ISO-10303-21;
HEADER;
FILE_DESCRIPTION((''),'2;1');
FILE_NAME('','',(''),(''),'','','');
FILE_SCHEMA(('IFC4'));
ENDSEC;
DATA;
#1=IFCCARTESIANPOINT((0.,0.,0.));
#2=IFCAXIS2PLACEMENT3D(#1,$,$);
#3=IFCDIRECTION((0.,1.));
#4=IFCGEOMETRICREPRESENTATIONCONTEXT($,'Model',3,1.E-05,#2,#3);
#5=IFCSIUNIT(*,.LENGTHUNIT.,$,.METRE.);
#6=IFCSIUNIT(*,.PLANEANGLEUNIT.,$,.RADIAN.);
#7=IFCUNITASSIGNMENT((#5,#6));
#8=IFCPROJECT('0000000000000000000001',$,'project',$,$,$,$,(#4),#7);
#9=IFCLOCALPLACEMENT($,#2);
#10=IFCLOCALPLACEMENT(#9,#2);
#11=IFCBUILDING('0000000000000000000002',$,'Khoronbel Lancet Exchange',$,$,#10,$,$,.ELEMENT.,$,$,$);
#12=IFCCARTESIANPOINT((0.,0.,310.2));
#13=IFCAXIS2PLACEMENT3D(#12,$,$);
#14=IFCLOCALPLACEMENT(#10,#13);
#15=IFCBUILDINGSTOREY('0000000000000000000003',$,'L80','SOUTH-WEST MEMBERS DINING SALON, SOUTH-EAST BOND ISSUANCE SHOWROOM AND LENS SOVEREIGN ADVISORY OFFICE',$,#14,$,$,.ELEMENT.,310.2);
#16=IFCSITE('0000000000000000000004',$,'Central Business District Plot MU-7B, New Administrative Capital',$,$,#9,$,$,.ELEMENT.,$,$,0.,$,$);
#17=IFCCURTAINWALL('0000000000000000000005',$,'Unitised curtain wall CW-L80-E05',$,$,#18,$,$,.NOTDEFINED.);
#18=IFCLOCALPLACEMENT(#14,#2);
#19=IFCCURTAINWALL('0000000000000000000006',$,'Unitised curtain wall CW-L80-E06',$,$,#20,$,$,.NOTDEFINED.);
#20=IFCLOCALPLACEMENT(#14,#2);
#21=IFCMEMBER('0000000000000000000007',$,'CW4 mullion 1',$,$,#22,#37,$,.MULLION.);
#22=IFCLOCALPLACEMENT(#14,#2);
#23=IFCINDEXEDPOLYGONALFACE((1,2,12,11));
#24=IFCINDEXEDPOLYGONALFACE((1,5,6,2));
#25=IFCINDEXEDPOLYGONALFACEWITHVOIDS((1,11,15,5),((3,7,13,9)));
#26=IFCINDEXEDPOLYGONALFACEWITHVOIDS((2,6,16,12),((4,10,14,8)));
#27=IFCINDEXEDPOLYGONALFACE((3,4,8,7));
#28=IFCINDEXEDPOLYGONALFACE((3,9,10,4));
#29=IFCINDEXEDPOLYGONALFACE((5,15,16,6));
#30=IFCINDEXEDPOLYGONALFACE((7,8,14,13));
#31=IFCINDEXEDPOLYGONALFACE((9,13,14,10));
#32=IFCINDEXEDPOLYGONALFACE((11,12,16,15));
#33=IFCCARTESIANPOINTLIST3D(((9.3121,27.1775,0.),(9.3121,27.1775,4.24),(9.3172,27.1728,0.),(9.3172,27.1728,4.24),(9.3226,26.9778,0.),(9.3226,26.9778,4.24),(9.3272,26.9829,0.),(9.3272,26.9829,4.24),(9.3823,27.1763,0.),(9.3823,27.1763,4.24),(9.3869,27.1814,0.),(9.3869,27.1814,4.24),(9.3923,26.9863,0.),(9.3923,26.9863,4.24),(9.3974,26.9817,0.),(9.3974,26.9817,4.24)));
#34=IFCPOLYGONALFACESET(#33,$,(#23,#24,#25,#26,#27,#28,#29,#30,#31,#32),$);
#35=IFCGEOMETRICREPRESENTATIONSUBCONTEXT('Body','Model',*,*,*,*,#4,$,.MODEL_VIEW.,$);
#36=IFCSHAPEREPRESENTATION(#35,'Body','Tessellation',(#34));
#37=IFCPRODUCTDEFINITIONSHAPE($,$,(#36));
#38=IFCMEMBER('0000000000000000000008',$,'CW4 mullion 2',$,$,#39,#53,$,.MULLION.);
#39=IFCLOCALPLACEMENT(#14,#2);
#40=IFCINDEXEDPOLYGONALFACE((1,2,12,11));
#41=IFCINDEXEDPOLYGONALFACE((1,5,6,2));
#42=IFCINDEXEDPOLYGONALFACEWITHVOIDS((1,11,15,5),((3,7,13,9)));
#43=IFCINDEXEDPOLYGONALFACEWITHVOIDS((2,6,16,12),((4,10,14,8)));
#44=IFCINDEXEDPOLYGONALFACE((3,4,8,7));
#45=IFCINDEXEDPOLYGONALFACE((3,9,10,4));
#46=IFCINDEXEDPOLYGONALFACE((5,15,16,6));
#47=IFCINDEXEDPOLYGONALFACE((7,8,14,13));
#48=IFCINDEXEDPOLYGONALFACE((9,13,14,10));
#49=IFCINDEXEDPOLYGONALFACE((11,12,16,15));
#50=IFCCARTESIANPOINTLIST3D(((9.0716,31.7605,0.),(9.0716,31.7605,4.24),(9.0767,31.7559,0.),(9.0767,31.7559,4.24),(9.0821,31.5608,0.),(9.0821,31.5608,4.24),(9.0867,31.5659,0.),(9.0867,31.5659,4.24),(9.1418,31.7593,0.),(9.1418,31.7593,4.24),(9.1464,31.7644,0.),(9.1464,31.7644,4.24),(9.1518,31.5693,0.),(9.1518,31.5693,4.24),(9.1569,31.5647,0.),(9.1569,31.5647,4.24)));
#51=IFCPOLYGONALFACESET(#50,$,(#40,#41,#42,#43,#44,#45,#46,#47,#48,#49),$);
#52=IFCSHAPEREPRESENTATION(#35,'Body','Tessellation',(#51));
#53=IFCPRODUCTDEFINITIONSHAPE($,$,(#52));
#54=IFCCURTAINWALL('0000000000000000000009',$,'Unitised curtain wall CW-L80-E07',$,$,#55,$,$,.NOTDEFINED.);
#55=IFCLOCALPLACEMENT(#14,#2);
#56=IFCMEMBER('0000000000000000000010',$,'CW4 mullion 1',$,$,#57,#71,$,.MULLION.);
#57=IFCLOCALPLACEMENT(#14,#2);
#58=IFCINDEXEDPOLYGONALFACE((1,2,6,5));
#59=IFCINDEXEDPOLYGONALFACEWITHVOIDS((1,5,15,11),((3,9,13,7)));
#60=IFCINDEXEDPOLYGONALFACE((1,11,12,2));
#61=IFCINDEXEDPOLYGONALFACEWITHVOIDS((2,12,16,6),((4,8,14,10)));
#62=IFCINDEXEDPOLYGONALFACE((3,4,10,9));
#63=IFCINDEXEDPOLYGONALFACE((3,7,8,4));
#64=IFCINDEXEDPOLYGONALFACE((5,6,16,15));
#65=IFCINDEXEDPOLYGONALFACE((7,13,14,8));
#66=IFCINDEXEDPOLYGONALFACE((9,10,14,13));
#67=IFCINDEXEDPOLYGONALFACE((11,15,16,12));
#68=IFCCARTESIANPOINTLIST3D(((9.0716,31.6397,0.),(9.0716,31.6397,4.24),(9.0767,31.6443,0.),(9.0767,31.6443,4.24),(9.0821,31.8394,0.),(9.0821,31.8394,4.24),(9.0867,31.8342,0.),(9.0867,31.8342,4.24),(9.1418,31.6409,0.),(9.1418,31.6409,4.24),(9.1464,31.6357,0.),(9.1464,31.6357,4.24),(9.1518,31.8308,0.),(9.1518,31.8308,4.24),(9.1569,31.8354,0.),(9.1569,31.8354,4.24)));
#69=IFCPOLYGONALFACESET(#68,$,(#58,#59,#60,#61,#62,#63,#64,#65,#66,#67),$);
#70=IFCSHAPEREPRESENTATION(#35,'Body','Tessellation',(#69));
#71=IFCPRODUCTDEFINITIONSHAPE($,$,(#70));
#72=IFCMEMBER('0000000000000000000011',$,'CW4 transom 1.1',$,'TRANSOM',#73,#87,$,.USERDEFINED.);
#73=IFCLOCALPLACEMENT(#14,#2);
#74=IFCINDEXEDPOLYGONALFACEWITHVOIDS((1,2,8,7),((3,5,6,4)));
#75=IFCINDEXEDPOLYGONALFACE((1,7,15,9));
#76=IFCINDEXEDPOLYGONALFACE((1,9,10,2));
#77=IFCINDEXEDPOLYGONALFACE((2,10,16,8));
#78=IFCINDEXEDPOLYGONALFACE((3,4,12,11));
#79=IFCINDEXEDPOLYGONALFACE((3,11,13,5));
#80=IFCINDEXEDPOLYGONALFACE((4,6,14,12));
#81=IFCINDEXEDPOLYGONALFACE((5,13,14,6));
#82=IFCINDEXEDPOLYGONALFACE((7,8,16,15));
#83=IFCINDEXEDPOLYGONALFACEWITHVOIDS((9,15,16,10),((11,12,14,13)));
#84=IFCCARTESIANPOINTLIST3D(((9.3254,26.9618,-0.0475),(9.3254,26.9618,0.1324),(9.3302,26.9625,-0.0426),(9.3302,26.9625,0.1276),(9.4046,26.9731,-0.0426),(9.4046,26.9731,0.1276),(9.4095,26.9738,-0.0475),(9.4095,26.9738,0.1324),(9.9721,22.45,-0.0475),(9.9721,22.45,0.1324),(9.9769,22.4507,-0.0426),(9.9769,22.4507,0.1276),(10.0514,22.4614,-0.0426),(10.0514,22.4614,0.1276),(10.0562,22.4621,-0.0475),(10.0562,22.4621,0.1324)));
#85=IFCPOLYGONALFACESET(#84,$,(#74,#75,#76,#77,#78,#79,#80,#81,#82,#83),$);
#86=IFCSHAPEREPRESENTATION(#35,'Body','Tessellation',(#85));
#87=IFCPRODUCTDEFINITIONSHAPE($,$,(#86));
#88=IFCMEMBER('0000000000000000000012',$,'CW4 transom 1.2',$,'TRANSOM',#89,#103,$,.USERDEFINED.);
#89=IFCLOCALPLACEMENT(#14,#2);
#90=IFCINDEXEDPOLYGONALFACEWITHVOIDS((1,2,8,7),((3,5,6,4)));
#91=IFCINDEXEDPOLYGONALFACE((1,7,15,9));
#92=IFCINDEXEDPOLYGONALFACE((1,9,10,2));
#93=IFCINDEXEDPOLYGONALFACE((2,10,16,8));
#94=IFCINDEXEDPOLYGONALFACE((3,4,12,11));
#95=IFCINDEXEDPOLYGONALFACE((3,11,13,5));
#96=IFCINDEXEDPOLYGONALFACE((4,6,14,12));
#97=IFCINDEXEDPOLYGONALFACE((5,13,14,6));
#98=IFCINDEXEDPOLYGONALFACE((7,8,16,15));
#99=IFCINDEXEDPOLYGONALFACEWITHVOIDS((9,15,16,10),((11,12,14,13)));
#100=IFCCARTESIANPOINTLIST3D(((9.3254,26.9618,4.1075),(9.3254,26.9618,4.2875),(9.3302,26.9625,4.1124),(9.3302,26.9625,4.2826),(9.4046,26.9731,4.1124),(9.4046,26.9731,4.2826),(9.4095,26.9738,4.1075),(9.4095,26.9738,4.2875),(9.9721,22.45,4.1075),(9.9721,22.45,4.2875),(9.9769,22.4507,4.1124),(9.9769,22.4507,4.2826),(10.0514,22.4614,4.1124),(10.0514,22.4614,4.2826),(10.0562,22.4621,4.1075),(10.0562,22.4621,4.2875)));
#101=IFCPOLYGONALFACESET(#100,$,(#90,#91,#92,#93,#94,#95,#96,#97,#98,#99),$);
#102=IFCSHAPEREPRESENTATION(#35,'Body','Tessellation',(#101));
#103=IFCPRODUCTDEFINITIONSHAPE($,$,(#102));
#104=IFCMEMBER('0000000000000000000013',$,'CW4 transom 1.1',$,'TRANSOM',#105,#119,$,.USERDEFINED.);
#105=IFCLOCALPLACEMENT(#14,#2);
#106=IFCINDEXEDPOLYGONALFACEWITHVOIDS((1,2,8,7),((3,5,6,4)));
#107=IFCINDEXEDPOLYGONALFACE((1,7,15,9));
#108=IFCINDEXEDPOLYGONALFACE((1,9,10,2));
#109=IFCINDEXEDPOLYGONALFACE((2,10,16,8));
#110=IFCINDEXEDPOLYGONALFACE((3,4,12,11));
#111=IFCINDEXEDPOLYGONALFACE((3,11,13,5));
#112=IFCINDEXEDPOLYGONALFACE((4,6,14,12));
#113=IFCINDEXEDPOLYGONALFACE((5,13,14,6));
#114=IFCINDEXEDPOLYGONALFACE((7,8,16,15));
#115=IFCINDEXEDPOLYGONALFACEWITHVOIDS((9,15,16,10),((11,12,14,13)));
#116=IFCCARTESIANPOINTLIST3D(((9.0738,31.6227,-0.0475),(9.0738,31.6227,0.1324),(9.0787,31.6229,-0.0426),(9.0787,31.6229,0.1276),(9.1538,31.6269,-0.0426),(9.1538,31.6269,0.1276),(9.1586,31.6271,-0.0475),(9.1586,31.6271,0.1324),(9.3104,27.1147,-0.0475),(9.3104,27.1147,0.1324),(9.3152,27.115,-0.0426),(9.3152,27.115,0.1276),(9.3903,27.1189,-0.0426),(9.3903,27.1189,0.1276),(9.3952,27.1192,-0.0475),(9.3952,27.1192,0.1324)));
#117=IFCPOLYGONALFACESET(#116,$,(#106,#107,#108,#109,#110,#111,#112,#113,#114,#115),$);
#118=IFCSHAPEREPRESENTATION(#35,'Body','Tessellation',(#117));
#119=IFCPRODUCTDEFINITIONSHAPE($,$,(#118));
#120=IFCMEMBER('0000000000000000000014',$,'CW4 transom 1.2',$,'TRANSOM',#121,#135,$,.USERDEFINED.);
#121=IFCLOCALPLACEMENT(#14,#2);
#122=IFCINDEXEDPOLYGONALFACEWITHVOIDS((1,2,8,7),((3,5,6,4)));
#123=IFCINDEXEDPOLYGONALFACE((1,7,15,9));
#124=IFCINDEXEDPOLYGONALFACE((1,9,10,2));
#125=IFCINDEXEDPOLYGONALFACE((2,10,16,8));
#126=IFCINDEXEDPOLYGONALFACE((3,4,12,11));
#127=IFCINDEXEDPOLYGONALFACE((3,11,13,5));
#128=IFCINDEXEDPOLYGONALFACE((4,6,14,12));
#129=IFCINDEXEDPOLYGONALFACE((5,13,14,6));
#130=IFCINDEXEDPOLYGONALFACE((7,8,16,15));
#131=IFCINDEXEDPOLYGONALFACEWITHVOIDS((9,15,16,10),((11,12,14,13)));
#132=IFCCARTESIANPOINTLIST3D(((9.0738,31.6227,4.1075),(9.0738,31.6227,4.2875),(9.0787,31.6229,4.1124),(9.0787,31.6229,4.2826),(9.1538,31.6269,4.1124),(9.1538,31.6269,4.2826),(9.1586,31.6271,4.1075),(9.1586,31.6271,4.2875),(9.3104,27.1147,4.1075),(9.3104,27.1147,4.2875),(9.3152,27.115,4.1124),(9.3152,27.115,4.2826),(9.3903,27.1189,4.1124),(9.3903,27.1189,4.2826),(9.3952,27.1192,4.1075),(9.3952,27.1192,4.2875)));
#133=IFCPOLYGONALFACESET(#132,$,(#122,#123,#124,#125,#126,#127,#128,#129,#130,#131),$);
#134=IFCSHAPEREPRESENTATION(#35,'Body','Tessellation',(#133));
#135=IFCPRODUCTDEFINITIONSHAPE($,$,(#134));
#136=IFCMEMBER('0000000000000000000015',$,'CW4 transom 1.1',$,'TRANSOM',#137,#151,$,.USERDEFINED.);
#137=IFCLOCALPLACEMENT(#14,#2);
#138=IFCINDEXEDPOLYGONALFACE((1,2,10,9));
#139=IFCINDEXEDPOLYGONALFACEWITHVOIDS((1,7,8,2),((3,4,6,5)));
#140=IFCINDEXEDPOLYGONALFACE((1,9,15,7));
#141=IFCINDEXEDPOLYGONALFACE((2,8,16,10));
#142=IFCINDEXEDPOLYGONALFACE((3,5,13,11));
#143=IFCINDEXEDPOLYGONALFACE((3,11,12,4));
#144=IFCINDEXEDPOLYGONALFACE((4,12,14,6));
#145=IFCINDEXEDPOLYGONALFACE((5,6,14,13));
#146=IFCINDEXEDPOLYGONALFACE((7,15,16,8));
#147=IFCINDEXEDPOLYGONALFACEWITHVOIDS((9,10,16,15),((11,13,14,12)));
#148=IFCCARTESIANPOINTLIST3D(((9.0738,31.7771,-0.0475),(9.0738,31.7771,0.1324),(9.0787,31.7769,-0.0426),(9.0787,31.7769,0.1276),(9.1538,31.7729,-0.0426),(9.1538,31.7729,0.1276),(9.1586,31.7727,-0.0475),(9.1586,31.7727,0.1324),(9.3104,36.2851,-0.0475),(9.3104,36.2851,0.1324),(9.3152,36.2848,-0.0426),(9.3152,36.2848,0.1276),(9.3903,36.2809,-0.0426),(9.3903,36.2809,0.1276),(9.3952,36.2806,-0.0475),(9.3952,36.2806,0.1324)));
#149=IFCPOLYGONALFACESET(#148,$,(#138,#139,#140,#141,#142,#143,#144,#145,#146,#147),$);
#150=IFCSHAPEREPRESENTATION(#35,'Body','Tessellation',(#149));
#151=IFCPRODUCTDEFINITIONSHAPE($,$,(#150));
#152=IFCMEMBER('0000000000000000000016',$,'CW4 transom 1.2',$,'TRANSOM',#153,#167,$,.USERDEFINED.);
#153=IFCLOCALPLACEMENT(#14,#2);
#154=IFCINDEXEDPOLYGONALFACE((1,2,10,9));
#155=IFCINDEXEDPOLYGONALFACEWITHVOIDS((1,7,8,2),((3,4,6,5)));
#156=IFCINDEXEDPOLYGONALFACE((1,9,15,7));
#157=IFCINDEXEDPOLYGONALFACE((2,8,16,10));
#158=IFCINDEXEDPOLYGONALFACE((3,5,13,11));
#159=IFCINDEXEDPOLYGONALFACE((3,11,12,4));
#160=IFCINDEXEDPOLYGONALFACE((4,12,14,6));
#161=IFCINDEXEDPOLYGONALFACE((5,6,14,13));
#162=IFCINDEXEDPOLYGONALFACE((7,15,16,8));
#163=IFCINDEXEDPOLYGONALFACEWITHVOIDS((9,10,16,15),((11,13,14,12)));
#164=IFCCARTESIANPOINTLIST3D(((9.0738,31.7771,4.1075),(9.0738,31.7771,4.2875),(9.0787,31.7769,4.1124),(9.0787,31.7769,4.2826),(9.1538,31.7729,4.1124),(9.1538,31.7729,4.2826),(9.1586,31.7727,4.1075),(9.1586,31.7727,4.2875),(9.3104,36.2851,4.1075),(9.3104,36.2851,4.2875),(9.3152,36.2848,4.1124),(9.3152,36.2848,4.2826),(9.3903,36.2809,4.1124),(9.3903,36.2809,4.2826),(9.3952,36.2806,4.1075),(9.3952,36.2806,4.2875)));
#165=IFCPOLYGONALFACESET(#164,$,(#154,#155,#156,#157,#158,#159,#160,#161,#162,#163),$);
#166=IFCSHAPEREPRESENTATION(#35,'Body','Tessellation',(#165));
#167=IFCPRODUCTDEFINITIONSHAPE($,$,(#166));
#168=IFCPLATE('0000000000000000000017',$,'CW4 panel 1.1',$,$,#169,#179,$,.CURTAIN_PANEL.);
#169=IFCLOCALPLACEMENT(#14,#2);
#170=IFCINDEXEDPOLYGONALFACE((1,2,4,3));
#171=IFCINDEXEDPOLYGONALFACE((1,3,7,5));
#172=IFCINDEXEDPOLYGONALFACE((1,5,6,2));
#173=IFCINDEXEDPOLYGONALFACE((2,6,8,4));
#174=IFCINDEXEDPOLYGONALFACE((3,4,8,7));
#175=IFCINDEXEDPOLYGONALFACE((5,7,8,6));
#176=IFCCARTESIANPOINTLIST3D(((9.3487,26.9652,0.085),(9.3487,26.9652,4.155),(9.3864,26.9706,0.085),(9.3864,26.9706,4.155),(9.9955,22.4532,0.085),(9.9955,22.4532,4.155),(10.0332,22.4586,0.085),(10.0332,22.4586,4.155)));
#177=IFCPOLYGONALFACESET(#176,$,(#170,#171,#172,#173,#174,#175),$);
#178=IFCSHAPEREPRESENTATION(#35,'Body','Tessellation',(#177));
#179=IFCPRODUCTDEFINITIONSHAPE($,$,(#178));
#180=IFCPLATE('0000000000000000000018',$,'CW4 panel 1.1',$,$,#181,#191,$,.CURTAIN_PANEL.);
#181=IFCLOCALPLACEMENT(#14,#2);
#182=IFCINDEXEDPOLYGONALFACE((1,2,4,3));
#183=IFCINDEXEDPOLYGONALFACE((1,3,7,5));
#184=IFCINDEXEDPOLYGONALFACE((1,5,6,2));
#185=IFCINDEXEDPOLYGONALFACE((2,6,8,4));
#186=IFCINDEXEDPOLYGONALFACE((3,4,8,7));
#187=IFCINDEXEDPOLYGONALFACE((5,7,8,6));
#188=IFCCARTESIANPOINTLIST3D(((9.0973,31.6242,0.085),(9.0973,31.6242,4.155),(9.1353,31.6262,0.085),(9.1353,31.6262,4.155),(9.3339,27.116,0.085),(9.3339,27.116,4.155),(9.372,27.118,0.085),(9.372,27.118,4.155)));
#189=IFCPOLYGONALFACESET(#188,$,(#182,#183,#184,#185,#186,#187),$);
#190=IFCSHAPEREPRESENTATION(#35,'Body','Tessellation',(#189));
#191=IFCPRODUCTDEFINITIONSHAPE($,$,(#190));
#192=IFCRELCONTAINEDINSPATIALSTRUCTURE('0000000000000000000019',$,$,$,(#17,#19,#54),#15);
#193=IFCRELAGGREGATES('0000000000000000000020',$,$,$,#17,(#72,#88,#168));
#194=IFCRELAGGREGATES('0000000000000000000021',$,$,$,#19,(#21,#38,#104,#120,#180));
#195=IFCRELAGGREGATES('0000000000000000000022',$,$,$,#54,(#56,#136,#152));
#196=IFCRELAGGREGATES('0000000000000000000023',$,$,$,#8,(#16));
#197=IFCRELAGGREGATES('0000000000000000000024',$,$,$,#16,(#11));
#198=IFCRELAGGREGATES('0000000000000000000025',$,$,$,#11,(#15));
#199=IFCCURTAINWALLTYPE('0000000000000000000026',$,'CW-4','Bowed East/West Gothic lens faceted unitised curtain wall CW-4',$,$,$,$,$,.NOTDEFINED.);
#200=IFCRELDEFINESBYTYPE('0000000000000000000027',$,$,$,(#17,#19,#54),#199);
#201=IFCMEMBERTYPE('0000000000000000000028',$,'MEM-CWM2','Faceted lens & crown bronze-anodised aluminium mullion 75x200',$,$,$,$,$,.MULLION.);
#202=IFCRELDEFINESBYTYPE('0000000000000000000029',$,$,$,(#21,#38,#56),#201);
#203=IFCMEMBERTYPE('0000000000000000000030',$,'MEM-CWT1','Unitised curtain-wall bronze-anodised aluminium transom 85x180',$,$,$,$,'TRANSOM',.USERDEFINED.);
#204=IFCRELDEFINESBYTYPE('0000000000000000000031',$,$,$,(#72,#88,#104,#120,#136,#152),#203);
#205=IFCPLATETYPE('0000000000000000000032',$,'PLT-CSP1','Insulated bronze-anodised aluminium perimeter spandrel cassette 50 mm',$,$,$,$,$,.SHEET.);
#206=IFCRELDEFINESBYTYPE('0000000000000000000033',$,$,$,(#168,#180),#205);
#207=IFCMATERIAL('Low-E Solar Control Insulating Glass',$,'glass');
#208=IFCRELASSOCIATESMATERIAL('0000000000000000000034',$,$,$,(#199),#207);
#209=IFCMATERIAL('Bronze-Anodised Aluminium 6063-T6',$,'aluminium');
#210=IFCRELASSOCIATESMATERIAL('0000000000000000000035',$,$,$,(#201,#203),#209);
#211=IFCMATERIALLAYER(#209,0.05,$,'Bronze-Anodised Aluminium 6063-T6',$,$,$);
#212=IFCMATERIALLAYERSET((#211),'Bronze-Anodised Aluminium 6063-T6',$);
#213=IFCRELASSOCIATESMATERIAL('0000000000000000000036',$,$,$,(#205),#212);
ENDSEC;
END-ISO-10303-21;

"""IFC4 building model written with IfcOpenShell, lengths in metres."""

from ifc_helpers import new_model, si_unit, direction, frame, origin, origin_2d, place, context, subcontext, project, spatial, rectangle, hollow_rectangle, extrude, material, layer, layer_set, material_profile, profile_set, type_object, element, aggregate, save


model = new_model("IFC4")

# Units and contexts
model_context = context("Model", 3, precision=1e-05, world=origin(), true_north=direction((0.0, 1.0)))
body_context = subcontext(model_context, "Body", "Model", "MODEL_VIEW")
ifc_project = project(units=[si_unit("LENGTHUNIT", "METRE"), si_unit("PLANEANGLEUNIT", "RADIAN")], contexts=[model_context])

# Site, building, storey
site_placement = place(None, origin())
site = spatial("IfcSite", under=ifc_project, at=site_placement, Name="Central Business District Plot MU-7B, New Administrative Capital", CompositionType="ELEMENT", RefElevation=0.0)
building_placement = place(site_placement, origin())
building = spatial("IfcBuilding", under=site, at=building_placement, Name="Khoronbel Lancet Exchange", CompositionType="ELEMENT")
storey_placement = place(building_placement, frame((0.0, 0.0, 310.2)))
storey = spatial("IfcBuildingStorey", under=building, at=storey_placement, Name="L80", Description="SOUTH-WEST MEMBERS DINING SALON, SOUTH-EAST BOND ISSUANCE SHOWROOM AND LENS SOVEREIGN ADVISORY OFFICE", CompositionType="ELEMENT", Elevation=310.2)

# Shared definitions
ifc_material_1 = material(Name="Low-E Solar Control Insulating Glass", Category="glass")
curtain_wall_type = type_object("IfcCurtainWallType", Name="CW-4", Description="Bowed East/West Gothic lens faceted unitised curtain wall CW-4", PredefinedType="NOTDEFINED", material=ifc_material_1)
ifc_material_2 = material(Name="Bronze-Anodised Aluminium 6063-T6", Category="aluminium")
ifc_material_profile_1 = material_profile(ifc_material_2, hollow_rectangle(XDim=0.075, YDim=0.2, WallThickness=0.0049, at=origin_2d()), Name="ALU MULLION 75x200")
ifc_profile_set_1 = profile_set([ifc_material_profile_1], Name="Bronze-Anodised Aluminium 6063-T6")
member_type_1 = type_object("IfcMemberType", Name="MEM-CWM2", Description="Faceted lens & crown bronze-anodised aluminium mullion 75x200", PredefinedType="MULLION", material=ifc_profile_set_1)

# Curtain walls, members
curtain_wall_1_placement = place(storey_placement, origin())
curtain_wall_1 = element("IfcCurtainWall", 1, at=curtain_wall_1_placement, inside=storey, type_object=curtain_wall_type, Name="Unitised curtain wall CW-L80-E05", PredefinedType="NOTDEFINED")
curtain_wall_2_placement = place(storey_placement, origin())
curtain_wall_2 = element("IfcCurtainWall", 2, at=curtain_wall_2_placement, inside=storey, type_object=curtain_wall_type, Name="Unitised curtain wall CW-L80-E06", PredefinedType="NOTDEFINED")
member_1_placement = place(storey_placement, frame((9.3547, 27.0796, 0.0), z_axis=(0.0, 0.0, 1.0), x_axis=(-0.998625, -0.052419, 0.0)))
member_1 = element("IfcMember", 3, at=member_1_placement, type_object=member_type_1, Name="CW4 mullion 1", PredefinedType="MULLION", context=body_context, shape_type="SweptSolid", body=[
    extrude(hollow_rectangle(XDim=0.075, YDim=0.2, WallThickness=0.0049, at=origin_2d()), origin(), (0.0, 0.0, 1.0), 4.24),
])
member_2_placement = place(storey_placement, frame((9.1143, 31.6626, 0.0), z_axis=(0.0, 0.0, 1.0), x_axis=(-0.998625, -0.052419, 0.0)))
member_2 = element("IfcMember", 4, at=member_2_placement, type_object=member_type_1, Name="CW4 mullion 2", PredefinedType="MULLION", context=body_context, shape_type="SweptSolid", body=[
    extrude(hollow_rectangle(XDim=0.075, YDim=0.2, WallThickness=0.0049, at=origin_2d()), origin(), (0.0, 0.0, 1.0), 4.24),
])

# Curtain wall, member
curtain_wall_3_placement = place(storey_placement, origin())
curtain_wall_3 = element("IfcCurtainWall", 5, at=curtain_wall_3_placement, inside=storey, type_object=curtain_wall_type, Name="Unitised curtain wall CW-L80-E07", PredefinedType="NOTDEFINED")
member_3_placement = place(storey_placement, frame((9.1143, 31.7375, 0.0), z_axis=(0.0, 0.0, 1.0), x_axis=(-0.998625, 0.052419, 0.0)))
member_3 = element("IfcMember", 6, at=member_3_placement, type_object=member_type_1, Name="CW4 mullion 1", PredefinedType="MULLION", context=body_context, shape_type="SweptSolid", body=[
    extrude(hollow_rectangle(XDim=0.075, YDim=0.2, WallThickness=0.0049, at=origin_2d()), origin(), (0.0, 0.0, 1.0), 4.24),
])

# Members
ifc_material_profile_2 = material_profile(ifc_material_2, hollow_rectangle(XDim=0.085, YDim=0.1799, WallThickness=0.0049, at=origin_2d()), Name="ALU TRANSOM 85x180")
ifc_profile_set_2 = profile_set([ifc_material_profile_2], Name="Bronze-Anodised Aluminium 6063-T6")
member_type_2 = type_object("IfcMemberType", Name="MEM-CWT1", Description="Unitised curtain-wall bronze-anodised aluminium transom 85x180", ElementType="TRANSOM", PredefinedType="USERDEFINED", material=ifc_profile_set_2)
member_4_placement = place(storey_placement, frame((10.0142, 22.4561, 0.0425), z_axis=(-0.141894, 0.989882, 0.0), x_axis=(-0.989882, -0.141894, 0.0)))
member_4 = element("IfcMember", 7, at=member_4_placement, type_object=member_type_2, Name="CW4 transom 1.1", ObjectType="TRANSOM", PredefinedType="USERDEFINED", context=body_context, shape_type="SweptSolid", body=[
    extrude(hollow_rectangle(XDim=0.085, YDim=0.1799, WallThickness=0.0049, at=origin_2d()), origin(), (0.0, 0.0, 1.0), 4.5579),
])
member_5_placement = place(storey_placement, frame((10.0142, 22.4561, 4.1975), z_axis=(-0.141894, 0.989882, 0.0), x_axis=(-0.989882, -0.141894, 0.0)))
member_5 = element("IfcMember", 8, at=member_5_placement, type_object=member_type_2, Name="CW4 transom 1.2", ObjectType="TRANSOM", PredefinedType="USERDEFINED", context=body_context, shape_type="SweptSolid", body=[
    extrude(hollow_rectangle(XDim=0.085, YDim=0.1799, WallThickness=0.0049, at=origin_2d()), origin(), (0.0, 0.0, 1.0), 4.5579),
])
member_6_placement = place(storey_placement, frame((9.3528, 27.1169, 0.0425), z_axis=(-0.052406, 0.998626, 0.0), x_axis=(-0.998626, -0.052406, 0.0)))
member_6 = element("IfcMember", 9, at=member_6_placement, type_object=member_type_2, Name="CW4 transom 1.1", ObjectType="TRANSOM", PredefinedType="USERDEFINED", context=body_context, shape_type="SweptSolid", body=[
    extrude(hollow_rectangle(XDim=0.085, YDim=0.1799, WallThickness=0.0049, at=origin_2d()), origin(), (0.0, 0.0, 1.0), 4.5142),
])
member_7_placement = place(storey_placement, frame((9.3528, 27.1169, 4.1975), z_axis=(-0.052406, 0.998626, 0.0), x_axis=(-0.998626, -0.052406, 0.0)))
member_7 = element("IfcMember", 10, at=member_7_placement, type_object=member_type_2, Name="CW4 transom 1.2", ObjectType="TRANSOM", PredefinedType="USERDEFINED", context=body_context, shape_type="SweptSolid", body=[
    extrude(hollow_rectangle(XDim=0.085, YDim=0.1799, WallThickness=0.0049, at=origin_2d()), origin(), (0.0, 0.0, 1.0), 4.5142),
])
member_8_placement = place(storey_placement, frame((9.1162, 31.7749, 0.0425), z_axis=(0.052406, 0.998626, 0.0), x_axis=(-0.998626, 0.052406, 0.0)))
member_8 = element("IfcMember", 11, at=member_8_placement, type_object=member_type_2, Name="CW4 transom 1.1", ObjectType="TRANSOM", PredefinedType="USERDEFINED", context=body_context, shape_type="SweptSolid", body=[
    extrude(hollow_rectangle(XDim=0.085, YDim=0.1799, WallThickness=0.0049, at=origin_2d()), origin(), (0.0, 0.0, 1.0), 4.5142),
])
member_9_placement = place(storey_placement, frame((9.1162, 31.7749, 4.1975), z_axis=(0.052406, 0.998626, 0.0), x_axis=(-0.998626, 0.052406, 0.0)))
member_9 = element("IfcMember", 12, at=member_9_placement, type_object=member_type_2, Name="CW4 transom 1.2", ObjectType="TRANSOM", PredefinedType="USERDEFINED", context=body_context, shape_type="SweptSolid", body=[
    extrude(hollow_rectangle(XDim=0.085, YDim=0.1799, WallThickness=0.0049, at=origin_2d()), origin(), (0.0, 0.0, 1.0), 4.5142),
])

# Plates
ifc_layer_1 = layer(ifc_material_2, 0.05, Name="Bronze-Anodised Aluminium 6063-T6")
ifc_layer_set_1 = layer_set([ifc_layer_1], Name="Bronze-Anodised Aluminium 6063-T6")
plate_type_1 = type_object("IfcPlateType", Name="PLT-CSP1", Description="Insulated bronze-anodised aluminium perimeter spandrel cassette 50 mm", PredefinedType="SHEET", material=ifc_layer_set_1)
plate_1_placement = place(storey_placement, frame((9.6909, 24.7119, 0.085), z_axis=(0.0, 0.0, 1.0), x_axis=(-0.141906, 0.98988, 0.0)))
plate_1 = element("IfcPlate", 13, at=plate_1_placement, type_object=plate_type_1, Name="CW4 panel 1.1", PredefinedType="CURTAIN_PANEL", context=body_context, shape_type="SweptSolid", body=[
    extrude(rectangle(XDim=4.5581, YDim=0.0381, at=origin_2d()), origin(), (0.0, 0.0, 1.0), 4.0701),
])
aggregate(curtain_wall_1, [member_4, member_5, plate_1])
plate_2_placement = place(storey_placement, frame((9.2346, 29.3711, 0.085), z_axis=(0.0, 0.0, 1.0), x_axis=(-0.052419, 0.998625, 0.0)))
plate_2 = element("IfcPlate", 14, at=plate_2_placement, type_object=plate_type_1, Name="CW4 panel 1.1", PredefinedType="CURTAIN_PANEL", context=body_context, shape_type="SweptSolid", body=[
    extrude(rectangle(XDim=4.5144, YDim=0.0381, at=origin_2d()), origin(), (0.0, 0.0, 1.0), 4.0701),
])
aggregate(curtain_wall_2, [member_1, member_2, member_6, member_7, plate_2])
aggregate(curtain_wall_3, [member_3, member_8, member_9])

save(model, "model.ifc")
